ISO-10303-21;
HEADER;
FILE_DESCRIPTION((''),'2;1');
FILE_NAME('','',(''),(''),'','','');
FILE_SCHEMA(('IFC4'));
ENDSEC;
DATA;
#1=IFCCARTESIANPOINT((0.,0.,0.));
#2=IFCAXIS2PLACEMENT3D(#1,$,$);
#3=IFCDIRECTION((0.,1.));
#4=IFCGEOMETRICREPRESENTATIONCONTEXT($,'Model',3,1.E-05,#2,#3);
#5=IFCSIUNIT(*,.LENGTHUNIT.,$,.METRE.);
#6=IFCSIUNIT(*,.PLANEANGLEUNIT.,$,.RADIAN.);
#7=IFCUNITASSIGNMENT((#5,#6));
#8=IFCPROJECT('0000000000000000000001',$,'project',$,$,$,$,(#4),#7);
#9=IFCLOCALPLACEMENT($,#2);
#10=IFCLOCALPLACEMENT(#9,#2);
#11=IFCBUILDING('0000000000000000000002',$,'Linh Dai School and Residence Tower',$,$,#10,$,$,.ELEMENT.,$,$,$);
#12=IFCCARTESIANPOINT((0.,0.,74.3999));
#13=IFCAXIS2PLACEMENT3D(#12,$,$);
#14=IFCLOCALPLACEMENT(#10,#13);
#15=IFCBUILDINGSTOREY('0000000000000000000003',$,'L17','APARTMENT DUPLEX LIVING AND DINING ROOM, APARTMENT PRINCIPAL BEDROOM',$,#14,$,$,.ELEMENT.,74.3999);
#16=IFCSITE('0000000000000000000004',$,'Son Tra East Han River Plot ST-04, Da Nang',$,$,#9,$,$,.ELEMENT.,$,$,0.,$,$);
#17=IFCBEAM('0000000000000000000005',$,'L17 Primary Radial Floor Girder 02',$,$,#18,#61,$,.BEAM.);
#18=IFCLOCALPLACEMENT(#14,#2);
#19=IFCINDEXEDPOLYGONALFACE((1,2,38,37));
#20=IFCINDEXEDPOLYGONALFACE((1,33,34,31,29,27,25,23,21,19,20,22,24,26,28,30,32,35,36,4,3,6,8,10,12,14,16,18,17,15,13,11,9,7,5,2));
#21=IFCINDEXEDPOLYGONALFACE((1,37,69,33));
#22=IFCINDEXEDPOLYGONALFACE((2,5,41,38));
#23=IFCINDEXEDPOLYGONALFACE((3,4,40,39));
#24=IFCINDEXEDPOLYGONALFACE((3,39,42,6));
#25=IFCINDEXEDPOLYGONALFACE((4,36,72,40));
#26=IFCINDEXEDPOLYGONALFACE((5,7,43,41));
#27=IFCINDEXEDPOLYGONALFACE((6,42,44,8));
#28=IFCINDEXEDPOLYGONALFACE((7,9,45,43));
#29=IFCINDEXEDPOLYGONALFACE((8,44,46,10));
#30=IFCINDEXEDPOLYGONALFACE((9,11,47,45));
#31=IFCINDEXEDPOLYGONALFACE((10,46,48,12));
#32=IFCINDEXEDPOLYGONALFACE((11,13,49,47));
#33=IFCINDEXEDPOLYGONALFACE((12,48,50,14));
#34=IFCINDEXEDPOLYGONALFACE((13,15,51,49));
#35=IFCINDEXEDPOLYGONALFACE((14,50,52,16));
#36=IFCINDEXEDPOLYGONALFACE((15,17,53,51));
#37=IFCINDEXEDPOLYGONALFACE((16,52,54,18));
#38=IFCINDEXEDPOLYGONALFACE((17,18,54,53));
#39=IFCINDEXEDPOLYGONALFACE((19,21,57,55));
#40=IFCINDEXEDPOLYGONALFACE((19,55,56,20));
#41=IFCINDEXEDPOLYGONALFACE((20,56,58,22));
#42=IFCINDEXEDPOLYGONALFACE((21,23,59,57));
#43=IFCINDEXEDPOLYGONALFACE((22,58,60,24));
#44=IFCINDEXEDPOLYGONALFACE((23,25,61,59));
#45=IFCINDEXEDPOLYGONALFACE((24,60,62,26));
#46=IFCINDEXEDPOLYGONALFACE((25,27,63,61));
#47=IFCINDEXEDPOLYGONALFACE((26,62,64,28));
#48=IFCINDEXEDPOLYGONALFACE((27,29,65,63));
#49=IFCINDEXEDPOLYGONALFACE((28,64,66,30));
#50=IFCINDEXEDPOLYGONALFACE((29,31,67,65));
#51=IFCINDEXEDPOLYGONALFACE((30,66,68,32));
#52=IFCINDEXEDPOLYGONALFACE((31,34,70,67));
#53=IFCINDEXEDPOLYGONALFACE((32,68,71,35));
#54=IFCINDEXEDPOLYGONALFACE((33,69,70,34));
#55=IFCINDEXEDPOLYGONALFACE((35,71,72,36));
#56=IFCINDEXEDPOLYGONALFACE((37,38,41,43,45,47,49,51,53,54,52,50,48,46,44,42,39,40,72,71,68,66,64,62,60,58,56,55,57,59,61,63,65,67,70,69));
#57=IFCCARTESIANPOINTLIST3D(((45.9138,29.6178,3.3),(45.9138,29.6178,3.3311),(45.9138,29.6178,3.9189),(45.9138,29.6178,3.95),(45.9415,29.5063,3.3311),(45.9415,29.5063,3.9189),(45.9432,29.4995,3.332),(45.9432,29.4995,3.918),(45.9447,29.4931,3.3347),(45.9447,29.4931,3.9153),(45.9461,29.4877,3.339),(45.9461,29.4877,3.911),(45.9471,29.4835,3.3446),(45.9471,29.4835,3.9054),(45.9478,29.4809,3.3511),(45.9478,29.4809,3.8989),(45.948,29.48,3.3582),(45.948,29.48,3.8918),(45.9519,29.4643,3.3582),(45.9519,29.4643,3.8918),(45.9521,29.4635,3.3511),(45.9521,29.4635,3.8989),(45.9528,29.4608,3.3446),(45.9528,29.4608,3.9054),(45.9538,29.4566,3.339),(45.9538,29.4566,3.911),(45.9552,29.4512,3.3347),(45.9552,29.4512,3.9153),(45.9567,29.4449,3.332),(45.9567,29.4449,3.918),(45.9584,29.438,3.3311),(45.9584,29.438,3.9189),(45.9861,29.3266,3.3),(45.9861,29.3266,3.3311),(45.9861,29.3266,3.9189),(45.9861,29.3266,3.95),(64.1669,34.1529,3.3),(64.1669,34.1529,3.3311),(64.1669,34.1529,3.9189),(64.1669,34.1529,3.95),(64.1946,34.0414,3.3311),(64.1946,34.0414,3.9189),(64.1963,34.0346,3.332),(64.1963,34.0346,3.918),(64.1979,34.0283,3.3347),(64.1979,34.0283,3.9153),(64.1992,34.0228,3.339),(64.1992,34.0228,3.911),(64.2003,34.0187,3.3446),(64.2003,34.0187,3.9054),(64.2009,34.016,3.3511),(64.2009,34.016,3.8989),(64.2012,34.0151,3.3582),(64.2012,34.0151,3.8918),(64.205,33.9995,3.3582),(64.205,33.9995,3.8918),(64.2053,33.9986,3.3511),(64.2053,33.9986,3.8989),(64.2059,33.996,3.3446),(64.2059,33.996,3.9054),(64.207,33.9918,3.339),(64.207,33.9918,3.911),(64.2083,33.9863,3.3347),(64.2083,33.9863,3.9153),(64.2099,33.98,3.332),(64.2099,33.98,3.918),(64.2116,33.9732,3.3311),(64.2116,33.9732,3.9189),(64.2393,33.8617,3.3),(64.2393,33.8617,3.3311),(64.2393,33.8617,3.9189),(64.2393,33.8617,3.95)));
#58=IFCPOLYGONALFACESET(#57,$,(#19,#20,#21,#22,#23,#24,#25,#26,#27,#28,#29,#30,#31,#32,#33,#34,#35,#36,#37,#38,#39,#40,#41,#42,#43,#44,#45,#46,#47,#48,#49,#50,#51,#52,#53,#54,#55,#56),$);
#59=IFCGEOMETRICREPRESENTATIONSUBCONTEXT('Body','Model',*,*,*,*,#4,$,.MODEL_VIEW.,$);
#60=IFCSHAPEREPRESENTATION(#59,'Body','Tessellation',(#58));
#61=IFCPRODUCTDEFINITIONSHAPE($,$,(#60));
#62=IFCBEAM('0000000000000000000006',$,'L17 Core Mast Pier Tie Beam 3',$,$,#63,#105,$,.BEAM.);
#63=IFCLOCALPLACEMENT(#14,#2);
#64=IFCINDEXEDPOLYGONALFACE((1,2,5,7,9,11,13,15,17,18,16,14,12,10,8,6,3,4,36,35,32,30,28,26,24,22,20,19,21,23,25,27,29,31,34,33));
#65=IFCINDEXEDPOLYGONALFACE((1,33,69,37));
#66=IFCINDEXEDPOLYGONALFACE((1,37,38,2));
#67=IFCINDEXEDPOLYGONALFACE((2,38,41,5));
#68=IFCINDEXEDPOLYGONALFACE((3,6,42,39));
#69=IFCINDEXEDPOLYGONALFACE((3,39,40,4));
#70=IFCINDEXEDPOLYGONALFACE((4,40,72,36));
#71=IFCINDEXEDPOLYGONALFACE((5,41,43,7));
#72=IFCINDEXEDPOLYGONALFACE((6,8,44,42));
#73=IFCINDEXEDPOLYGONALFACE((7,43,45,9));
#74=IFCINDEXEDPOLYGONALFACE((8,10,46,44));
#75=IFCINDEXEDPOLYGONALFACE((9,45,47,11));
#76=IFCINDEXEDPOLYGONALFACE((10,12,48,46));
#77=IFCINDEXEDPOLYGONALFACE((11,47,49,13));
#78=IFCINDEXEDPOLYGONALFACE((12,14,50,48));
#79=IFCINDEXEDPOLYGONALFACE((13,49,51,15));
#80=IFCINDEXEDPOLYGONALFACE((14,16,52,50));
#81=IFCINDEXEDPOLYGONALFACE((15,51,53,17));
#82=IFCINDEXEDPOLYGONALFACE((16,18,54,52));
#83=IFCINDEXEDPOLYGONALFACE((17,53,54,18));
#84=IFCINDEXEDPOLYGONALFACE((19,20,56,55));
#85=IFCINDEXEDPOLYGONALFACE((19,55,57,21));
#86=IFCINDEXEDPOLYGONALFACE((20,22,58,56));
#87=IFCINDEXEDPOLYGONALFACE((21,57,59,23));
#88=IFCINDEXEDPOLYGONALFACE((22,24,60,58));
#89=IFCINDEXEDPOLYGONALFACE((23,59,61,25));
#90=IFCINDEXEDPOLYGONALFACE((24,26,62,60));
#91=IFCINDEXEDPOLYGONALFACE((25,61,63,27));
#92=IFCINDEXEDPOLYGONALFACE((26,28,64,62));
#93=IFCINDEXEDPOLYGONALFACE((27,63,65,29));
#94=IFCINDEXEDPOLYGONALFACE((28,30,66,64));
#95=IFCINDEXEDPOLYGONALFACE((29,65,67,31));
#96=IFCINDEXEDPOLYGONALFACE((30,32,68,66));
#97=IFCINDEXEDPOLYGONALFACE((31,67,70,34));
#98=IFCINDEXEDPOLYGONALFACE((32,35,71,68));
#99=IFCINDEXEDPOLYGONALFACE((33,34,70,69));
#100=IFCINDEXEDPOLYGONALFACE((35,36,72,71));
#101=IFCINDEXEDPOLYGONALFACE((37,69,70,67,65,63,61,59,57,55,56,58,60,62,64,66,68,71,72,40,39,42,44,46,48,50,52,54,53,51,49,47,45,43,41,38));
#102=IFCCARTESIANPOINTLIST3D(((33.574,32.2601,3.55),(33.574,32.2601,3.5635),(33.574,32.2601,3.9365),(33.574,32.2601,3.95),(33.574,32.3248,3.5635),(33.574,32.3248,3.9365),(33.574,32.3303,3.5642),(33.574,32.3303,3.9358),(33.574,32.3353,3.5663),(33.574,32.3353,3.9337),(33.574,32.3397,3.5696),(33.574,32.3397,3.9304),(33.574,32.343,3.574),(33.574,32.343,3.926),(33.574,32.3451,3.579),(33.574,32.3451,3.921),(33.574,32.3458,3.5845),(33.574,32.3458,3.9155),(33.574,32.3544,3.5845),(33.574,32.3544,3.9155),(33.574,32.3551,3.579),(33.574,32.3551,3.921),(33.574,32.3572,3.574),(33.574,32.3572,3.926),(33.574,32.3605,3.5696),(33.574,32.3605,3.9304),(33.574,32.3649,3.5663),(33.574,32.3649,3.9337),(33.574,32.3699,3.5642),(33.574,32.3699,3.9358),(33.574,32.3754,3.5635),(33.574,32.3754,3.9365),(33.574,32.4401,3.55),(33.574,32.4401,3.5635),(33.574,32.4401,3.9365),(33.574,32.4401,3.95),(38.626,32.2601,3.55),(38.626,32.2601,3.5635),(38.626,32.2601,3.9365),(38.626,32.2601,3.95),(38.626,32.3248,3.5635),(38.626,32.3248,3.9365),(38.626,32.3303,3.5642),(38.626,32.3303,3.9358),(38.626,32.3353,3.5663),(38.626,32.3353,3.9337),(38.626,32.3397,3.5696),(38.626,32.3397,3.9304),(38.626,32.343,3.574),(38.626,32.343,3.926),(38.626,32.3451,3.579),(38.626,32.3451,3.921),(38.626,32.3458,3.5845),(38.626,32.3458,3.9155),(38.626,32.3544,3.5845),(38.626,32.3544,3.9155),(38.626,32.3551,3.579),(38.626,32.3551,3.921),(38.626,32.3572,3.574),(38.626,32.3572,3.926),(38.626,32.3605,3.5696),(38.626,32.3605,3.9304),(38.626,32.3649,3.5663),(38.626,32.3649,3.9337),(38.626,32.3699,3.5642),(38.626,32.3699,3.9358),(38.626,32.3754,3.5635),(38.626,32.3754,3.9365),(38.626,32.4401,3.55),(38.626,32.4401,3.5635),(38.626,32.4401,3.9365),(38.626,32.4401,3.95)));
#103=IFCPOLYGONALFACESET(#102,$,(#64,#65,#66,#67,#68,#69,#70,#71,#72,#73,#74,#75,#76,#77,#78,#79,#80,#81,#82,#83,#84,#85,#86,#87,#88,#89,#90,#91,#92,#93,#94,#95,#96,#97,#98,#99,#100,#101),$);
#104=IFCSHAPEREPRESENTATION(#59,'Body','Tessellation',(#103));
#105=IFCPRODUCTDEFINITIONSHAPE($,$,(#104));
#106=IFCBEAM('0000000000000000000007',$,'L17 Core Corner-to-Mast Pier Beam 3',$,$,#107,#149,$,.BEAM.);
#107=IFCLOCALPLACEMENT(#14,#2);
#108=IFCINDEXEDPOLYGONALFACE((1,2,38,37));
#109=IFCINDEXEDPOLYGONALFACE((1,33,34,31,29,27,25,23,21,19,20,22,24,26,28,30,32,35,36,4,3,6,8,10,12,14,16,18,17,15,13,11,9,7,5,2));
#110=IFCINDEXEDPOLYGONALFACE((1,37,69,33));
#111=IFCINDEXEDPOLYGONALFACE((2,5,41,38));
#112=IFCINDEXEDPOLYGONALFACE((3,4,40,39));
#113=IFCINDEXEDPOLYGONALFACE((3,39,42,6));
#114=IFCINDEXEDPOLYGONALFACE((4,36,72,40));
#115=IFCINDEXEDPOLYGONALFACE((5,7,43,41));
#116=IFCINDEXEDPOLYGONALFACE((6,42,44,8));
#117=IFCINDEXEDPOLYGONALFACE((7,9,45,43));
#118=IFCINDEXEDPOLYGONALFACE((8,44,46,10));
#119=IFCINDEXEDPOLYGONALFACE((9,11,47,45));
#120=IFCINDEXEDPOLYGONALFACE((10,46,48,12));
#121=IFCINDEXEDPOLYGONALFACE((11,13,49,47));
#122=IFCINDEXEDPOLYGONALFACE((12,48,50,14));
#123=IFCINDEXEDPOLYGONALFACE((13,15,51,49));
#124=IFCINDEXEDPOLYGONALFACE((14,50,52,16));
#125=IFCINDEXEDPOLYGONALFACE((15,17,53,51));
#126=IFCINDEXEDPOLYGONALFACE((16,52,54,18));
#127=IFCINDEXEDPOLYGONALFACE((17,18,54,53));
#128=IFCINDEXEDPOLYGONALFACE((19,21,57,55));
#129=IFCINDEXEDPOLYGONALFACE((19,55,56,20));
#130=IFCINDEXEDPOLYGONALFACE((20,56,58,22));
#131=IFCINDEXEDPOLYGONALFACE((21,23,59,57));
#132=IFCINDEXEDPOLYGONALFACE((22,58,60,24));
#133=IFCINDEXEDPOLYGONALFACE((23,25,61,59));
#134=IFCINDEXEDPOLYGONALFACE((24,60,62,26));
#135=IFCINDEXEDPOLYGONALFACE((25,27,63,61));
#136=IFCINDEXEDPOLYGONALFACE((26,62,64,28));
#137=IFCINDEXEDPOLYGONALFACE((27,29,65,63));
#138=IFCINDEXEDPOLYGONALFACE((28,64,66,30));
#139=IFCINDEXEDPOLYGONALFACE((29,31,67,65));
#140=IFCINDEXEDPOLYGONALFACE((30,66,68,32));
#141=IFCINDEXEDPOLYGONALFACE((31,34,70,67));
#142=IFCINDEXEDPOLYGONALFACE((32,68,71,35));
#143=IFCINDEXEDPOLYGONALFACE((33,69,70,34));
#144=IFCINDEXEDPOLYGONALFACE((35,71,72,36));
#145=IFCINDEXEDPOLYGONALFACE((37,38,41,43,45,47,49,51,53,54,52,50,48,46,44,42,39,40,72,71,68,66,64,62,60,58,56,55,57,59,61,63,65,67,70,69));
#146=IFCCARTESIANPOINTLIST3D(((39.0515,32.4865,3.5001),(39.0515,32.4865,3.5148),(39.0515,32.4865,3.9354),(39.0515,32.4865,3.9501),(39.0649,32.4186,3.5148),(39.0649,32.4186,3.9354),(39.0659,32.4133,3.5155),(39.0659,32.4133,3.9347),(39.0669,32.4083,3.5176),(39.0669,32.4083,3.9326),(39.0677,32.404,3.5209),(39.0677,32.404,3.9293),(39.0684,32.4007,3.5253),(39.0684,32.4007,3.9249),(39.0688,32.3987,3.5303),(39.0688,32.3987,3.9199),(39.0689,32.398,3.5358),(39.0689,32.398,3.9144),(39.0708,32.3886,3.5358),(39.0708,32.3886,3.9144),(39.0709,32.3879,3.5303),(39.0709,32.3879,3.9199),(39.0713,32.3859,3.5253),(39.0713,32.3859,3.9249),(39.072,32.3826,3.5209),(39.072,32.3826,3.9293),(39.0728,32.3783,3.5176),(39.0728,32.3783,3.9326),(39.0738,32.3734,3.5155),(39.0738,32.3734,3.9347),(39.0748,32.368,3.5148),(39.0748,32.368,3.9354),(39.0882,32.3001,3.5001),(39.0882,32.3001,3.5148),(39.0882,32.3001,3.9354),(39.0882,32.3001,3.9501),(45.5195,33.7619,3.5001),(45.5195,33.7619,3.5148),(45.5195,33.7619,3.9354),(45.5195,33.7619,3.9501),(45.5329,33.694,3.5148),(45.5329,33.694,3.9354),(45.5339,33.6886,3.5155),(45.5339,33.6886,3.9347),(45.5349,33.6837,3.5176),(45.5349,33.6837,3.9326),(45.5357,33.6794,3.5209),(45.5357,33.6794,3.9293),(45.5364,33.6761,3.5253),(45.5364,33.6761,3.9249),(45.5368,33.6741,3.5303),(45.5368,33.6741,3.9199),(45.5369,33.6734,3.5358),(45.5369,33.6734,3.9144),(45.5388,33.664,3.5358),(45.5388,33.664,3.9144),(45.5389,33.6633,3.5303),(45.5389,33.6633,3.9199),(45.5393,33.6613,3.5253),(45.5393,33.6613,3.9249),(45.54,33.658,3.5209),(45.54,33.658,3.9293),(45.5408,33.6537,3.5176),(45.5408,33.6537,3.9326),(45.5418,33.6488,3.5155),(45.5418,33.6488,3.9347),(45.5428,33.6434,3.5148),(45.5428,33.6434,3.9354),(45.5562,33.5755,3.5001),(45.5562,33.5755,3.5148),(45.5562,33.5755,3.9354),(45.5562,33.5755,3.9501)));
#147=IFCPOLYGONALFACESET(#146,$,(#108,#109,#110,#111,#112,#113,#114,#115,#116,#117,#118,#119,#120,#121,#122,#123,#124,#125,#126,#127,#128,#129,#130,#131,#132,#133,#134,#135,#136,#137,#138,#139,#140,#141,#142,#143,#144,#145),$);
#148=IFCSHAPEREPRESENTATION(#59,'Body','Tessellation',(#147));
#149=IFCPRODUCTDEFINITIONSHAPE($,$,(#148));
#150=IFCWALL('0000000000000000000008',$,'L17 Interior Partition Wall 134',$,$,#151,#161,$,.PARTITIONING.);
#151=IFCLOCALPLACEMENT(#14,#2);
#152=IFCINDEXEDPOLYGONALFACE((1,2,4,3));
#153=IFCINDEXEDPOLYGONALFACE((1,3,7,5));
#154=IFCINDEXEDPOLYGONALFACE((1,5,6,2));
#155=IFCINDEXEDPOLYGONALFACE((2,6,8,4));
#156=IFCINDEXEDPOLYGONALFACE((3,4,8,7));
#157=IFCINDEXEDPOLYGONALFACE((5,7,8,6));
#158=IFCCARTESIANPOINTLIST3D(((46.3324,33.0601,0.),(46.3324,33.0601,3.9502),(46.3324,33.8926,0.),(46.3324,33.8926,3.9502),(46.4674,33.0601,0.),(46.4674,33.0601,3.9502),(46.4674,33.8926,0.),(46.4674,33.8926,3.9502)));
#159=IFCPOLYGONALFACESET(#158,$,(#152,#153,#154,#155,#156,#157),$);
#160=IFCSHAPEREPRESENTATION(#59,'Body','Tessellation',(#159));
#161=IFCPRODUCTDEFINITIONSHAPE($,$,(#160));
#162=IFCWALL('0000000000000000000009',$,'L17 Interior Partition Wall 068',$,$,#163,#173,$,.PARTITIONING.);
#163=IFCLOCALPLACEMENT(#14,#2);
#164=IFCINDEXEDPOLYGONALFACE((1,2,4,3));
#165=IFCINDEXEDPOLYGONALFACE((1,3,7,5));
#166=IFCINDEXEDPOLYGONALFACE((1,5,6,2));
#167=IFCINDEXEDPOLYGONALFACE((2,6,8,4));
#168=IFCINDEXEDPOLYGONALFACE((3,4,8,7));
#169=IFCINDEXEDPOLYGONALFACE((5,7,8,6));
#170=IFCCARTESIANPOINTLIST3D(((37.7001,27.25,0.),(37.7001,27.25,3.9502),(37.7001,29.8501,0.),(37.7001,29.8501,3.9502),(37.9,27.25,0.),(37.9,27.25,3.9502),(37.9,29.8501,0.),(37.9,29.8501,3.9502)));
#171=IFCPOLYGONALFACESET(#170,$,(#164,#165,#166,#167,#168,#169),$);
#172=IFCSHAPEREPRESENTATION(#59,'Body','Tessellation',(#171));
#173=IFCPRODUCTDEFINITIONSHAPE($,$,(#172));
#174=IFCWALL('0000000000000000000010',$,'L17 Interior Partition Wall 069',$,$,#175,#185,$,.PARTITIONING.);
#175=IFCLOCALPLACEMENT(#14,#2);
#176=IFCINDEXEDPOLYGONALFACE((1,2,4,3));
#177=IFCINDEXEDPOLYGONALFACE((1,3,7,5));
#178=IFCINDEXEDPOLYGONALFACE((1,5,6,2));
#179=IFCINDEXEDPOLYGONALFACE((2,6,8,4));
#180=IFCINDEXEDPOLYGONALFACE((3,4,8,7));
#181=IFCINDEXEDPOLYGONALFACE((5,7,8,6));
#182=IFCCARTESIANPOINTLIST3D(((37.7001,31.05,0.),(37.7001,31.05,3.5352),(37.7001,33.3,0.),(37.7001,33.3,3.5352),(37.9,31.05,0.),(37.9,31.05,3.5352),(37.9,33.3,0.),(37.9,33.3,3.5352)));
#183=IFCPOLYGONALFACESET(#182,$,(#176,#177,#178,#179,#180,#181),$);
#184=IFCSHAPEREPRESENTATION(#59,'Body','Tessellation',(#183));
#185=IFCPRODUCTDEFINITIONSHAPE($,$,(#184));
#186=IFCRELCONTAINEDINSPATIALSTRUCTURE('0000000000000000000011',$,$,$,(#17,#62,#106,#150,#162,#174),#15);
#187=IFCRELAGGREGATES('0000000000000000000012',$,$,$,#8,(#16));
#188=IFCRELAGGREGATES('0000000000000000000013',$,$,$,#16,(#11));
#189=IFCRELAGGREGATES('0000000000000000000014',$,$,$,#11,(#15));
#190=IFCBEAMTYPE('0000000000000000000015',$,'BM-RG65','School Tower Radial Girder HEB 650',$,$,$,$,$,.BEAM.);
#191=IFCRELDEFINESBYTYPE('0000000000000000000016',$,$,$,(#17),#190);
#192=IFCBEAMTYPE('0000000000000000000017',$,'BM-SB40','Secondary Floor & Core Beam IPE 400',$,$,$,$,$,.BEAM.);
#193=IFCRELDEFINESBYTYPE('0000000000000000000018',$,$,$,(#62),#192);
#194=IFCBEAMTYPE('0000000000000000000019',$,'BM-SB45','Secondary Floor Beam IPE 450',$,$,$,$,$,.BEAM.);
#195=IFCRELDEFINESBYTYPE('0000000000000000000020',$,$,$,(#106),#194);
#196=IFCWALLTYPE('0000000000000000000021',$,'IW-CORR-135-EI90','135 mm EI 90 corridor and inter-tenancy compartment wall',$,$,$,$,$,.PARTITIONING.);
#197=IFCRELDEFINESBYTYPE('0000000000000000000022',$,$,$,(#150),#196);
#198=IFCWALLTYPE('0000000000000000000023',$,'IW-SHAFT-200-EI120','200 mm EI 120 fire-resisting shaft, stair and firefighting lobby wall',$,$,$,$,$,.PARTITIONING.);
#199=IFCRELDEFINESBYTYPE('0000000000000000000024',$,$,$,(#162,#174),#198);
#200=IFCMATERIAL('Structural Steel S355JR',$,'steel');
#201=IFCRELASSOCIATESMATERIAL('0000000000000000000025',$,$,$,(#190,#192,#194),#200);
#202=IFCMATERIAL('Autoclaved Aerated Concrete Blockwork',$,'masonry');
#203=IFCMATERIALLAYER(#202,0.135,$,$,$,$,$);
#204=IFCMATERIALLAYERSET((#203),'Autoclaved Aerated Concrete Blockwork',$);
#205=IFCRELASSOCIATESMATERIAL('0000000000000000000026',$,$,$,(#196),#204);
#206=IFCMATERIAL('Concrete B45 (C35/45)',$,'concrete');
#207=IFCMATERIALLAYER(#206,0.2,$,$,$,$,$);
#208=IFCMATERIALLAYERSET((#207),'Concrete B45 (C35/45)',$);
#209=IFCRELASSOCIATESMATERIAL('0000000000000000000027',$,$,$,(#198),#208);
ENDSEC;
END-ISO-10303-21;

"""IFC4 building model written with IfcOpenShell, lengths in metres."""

from ifc_helpers import new_model, si_unit, direction, frame, frame_2d, origin, origin_2d, place, context, subcontext, project, spatial, rectangle, i_section, extrude, material, layer, layer_set, material_profile, profile_set, type_object, element, save


model = new_model("IFC4")

# Units and contexts
model_context = context("Model", 3, precision=1e-05, world=origin(), true_north=direction((0.0, 1.0)))
body_context = subcontext(model_context, "Body", "Model", "MODEL_VIEW")
ifc_project = project(units=[si_unit("LENGTHUNIT", "METRE"), si_unit("PLANEANGLEUNIT", "RADIAN")], contexts=[model_context])

# Site, building, storey
site_placement = place(None, origin())
site = spatial("IfcSite", under=ifc_project, at=site_placement, Name="Son Tra East Han River Plot ST-04, Da Nang", CompositionType="ELEMENT", RefElevation=0.0)
building_placement = place(site_placement, origin())
building = spatial("IfcBuilding", under=site, at=building_placement, Name="Linh Dai School and Residence Tower", CompositionType="ELEMENT")
storey_placement = place(building_placement, frame((0.0, 0.0, 74.3999)))
storey = spatial("IfcBuildingStorey", under=building, at=storey_placement, Name="L17", Description="APARTMENT DUPLEX LIVING AND DINING ROOM, APARTMENT PRINCIPAL BEDROOM", CompositionType="ELEMENT", Elevation=74.3999)

# Shared definitions
ifc_material_1 = material(Name="Structural Steel S355JR", Category="steel")

# Beams
ifc_material_profile_1 = material_profile(ifc_material_1, i_section(OverallWidth=0.3, OverallDepth=0.6499, WebThickness=0.0161, FlangeThickness=0.031, FilletRadius=0.0271, at=origin_2d()), Name="HEB 650")
ifc_profile_set_1 = profile_set([ifc_material_profile_1], Name="Structural Steel S355JR")
beam_type_1 = type_object("IfcBeamType", Name="BM-RG65", Description="School Tower Radial Girder HEB 650", PredefinedType="BEAM", material=ifc_profile_set_1)
beam_1_placement = place(storey_placement, frame((45.95, 29.4722, 3.625), z_axis=(0.970493, 0.241127, 0.0), x_axis=(-0.241127, 0.970493, 0.0)))
element("IfcBeam", 1, at=beam_1_placement, inside=storey, type_object=beam_type_1, Name="L17 Primary Radial Floor Girder 02", PredefinedType="BEAM", context=body_context, shape_type="SweptSolid", body=[
    extrude(i_section(OverallWidth=0.3, OverallDepth=0.6499, WebThickness=0.0161, FlangeThickness=0.031, FilletRadius=0.0271, at=origin_2d()), origin(), (0.0, 0.0, 1.0), 18.8081),
])
ifc_material_profile_2 = material_profile(ifc_material_1, i_section(OverallWidth=0.1799, OverallDepth=0.3999, WebThickness=0.0085, FlangeThickness=0.0134, FilletRadius=0.021, at=origin_2d()), Name="IPE 400")
ifc_profile_set_2 = profile_set([ifc_material_profile_2], Name="Structural Steel S355JR")
beam_type_2 = type_object("IfcBeamType", Name="BM-SB40", Description="Secondary Floor & Core Beam IPE 400", PredefinedType="BEAM", material=ifc_profile_set_2)
beam_2_placement = place(storey_placement, frame((38.626, 32.3501, 3.75), z_axis=(-1.0, 0.0, 0.0), x_axis=(0.0, -1.0, 0.0)))
element("IfcBeam", 2, at=beam_2_placement, inside=storey, type_object=beam_type_2, Name="L17 Core Mast Pier Tie Beam 3", PredefinedType="BEAM", context=body_context, shape_type="SweptSolid", body=[
    extrude(i_section(OverallWidth=0.1799, OverallDepth=0.3999, WebThickness=0.0085, FlangeThickness=0.0134, FilletRadius=0.021, at=origin_2d()), origin(), (0.0, 0.0, 1.0), 5.052),
])
ifc_material_profile_3 = material_profile(ifc_material_1, i_section(OverallWidth=0.1899, OverallDepth=0.45, WebThickness=0.0095, FlangeThickness=0.0146, FilletRadius=0.021, at=origin_2d()), Name="IPE 450")
ifc_profile_set_3 = profile_set([ifc_material_profile_3], Name="Structural Steel S355JR")
beam_type_3 = type_object("IfcBeamType", Name="BM-SB45", Description="Secondary Floor Beam IPE 450", PredefinedType="BEAM", material=ifc_profile_set_3)
beam_3_placement = place(storey_placement, frame((45.5378, 33.6687, 3.7251), z_axis=(-0.981108, -0.193459, 0.0), x_axis=(0.193459, -0.981108, 0.0)))
element("IfcBeam", 3, at=beam_3_placement, inside=storey, type_object=beam_type_3, Name="L17 Core Corner-to-Mast Pier Beam 3", PredefinedType="BEAM", context=body_context, shape_type="SweptSolid", body=[
    extrude(i_section(OverallWidth=0.1899, OverallDepth=0.45, WebThickness=0.0095, FlangeThickness=0.0146, FilletRadius=0.021, at=origin_2d()), origin(), (0.0, 0.0, 1.0), 6.5925),
])

# Walls
ifc_material_2 = material(Name="Autoclaved Aerated Concrete Blockwork", Category="masonry")
ifc_layer_1 = layer(ifc_material_2, 0.135)
ifc_layer_set_1 = layer_set([ifc_layer_1], Name="Autoclaved Aerated Concrete Blockwork")
wall_type_1 = type_object("IfcWallType", Name="IW-CORR-135-EI90", Description="135 mm EI 90 corridor and inter-tenancy compartment wall", PredefinedType="PARTITIONING", material=ifc_layer_set_1)
wall_1_placement = place(storey_placement, frame((46.3999, 33.0601, 0.0), z_axis=(0.0, 0.0, 1.0), x_axis=(0.0, 1.0, 0.0)))
element("IfcWall", 4, at=wall_1_placement, inside=storey, type_object=wall_type_1, Name="L17 Interior Partition Wall 134", PredefinedType="PARTITIONING", context=body_context, shape_type="SweptSolid", body=[
    extrude(rectangle(XDim=0.8325, YDim=0.135, at=frame_2d((0.4163, 0.0))), origin(), (0.0, 0.0, 1.0), 3.9502),
])
ifc_material_3 = material(Name="Concrete B45 (C35/45)", Category="concrete")
ifc_layer_2 = layer(ifc_material_3, 0.2)
ifc_layer_set_2 = layer_set([ifc_layer_2], Name="Concrete B45 (C35/45)")
wall_type_2 = type_object("IfcWallType", Name="IW-SHAFT-200-EI120", Description="200 mm EI 120 fire-resisting shaft, stair and firefighting lobby wall", PredefinedType="PARTITIONING", material=ifc_layer_set_2)
wall_2_placement = place(storey_placement, frame((37.8, 27.25, 0.0), z_axis=(0.0, 0.0, 1.0), x_axis=(0.0, 1.0, 0.0)))
element("IfcWall", 5, at=wall_2_placement, inside=storey, type_object=wall_type_2, Name="L17 Interior Partition Wall 068", PredefinedType="PARTITIONING", context=body_context, shape_type="SweptSolid", body=[
    extrude(rectangle(XDim=2.6001, YDim=0.2, at=frame_2d((1.3, 0.0))), origin(), (0.0, 0.0, 1.0), 3.9502),
])
wall_3_placement = place(storey_placement, frame((37.8, 31.05, 0.0), z_axis=(0.0, 0.0, 1.0), x_axis=(0.0, 1.0, 0.0)))
element("IfcWall", 6, at=wall_3_placement, inside=storey, type_object=wall_type_2, Name="L17 Interior Partition Wall 069", PredefinedType="PARTITIONING", context=body_context, shape_type="SweptSolid", body=[
    extrude(rectangle(XDim=2.25, YDim=0.2, at=frame_2d((1.125, 0.0))), origin(), (0.0, 0.0, 1.0), 3.5352),
])

save(model, "model.ifc")
